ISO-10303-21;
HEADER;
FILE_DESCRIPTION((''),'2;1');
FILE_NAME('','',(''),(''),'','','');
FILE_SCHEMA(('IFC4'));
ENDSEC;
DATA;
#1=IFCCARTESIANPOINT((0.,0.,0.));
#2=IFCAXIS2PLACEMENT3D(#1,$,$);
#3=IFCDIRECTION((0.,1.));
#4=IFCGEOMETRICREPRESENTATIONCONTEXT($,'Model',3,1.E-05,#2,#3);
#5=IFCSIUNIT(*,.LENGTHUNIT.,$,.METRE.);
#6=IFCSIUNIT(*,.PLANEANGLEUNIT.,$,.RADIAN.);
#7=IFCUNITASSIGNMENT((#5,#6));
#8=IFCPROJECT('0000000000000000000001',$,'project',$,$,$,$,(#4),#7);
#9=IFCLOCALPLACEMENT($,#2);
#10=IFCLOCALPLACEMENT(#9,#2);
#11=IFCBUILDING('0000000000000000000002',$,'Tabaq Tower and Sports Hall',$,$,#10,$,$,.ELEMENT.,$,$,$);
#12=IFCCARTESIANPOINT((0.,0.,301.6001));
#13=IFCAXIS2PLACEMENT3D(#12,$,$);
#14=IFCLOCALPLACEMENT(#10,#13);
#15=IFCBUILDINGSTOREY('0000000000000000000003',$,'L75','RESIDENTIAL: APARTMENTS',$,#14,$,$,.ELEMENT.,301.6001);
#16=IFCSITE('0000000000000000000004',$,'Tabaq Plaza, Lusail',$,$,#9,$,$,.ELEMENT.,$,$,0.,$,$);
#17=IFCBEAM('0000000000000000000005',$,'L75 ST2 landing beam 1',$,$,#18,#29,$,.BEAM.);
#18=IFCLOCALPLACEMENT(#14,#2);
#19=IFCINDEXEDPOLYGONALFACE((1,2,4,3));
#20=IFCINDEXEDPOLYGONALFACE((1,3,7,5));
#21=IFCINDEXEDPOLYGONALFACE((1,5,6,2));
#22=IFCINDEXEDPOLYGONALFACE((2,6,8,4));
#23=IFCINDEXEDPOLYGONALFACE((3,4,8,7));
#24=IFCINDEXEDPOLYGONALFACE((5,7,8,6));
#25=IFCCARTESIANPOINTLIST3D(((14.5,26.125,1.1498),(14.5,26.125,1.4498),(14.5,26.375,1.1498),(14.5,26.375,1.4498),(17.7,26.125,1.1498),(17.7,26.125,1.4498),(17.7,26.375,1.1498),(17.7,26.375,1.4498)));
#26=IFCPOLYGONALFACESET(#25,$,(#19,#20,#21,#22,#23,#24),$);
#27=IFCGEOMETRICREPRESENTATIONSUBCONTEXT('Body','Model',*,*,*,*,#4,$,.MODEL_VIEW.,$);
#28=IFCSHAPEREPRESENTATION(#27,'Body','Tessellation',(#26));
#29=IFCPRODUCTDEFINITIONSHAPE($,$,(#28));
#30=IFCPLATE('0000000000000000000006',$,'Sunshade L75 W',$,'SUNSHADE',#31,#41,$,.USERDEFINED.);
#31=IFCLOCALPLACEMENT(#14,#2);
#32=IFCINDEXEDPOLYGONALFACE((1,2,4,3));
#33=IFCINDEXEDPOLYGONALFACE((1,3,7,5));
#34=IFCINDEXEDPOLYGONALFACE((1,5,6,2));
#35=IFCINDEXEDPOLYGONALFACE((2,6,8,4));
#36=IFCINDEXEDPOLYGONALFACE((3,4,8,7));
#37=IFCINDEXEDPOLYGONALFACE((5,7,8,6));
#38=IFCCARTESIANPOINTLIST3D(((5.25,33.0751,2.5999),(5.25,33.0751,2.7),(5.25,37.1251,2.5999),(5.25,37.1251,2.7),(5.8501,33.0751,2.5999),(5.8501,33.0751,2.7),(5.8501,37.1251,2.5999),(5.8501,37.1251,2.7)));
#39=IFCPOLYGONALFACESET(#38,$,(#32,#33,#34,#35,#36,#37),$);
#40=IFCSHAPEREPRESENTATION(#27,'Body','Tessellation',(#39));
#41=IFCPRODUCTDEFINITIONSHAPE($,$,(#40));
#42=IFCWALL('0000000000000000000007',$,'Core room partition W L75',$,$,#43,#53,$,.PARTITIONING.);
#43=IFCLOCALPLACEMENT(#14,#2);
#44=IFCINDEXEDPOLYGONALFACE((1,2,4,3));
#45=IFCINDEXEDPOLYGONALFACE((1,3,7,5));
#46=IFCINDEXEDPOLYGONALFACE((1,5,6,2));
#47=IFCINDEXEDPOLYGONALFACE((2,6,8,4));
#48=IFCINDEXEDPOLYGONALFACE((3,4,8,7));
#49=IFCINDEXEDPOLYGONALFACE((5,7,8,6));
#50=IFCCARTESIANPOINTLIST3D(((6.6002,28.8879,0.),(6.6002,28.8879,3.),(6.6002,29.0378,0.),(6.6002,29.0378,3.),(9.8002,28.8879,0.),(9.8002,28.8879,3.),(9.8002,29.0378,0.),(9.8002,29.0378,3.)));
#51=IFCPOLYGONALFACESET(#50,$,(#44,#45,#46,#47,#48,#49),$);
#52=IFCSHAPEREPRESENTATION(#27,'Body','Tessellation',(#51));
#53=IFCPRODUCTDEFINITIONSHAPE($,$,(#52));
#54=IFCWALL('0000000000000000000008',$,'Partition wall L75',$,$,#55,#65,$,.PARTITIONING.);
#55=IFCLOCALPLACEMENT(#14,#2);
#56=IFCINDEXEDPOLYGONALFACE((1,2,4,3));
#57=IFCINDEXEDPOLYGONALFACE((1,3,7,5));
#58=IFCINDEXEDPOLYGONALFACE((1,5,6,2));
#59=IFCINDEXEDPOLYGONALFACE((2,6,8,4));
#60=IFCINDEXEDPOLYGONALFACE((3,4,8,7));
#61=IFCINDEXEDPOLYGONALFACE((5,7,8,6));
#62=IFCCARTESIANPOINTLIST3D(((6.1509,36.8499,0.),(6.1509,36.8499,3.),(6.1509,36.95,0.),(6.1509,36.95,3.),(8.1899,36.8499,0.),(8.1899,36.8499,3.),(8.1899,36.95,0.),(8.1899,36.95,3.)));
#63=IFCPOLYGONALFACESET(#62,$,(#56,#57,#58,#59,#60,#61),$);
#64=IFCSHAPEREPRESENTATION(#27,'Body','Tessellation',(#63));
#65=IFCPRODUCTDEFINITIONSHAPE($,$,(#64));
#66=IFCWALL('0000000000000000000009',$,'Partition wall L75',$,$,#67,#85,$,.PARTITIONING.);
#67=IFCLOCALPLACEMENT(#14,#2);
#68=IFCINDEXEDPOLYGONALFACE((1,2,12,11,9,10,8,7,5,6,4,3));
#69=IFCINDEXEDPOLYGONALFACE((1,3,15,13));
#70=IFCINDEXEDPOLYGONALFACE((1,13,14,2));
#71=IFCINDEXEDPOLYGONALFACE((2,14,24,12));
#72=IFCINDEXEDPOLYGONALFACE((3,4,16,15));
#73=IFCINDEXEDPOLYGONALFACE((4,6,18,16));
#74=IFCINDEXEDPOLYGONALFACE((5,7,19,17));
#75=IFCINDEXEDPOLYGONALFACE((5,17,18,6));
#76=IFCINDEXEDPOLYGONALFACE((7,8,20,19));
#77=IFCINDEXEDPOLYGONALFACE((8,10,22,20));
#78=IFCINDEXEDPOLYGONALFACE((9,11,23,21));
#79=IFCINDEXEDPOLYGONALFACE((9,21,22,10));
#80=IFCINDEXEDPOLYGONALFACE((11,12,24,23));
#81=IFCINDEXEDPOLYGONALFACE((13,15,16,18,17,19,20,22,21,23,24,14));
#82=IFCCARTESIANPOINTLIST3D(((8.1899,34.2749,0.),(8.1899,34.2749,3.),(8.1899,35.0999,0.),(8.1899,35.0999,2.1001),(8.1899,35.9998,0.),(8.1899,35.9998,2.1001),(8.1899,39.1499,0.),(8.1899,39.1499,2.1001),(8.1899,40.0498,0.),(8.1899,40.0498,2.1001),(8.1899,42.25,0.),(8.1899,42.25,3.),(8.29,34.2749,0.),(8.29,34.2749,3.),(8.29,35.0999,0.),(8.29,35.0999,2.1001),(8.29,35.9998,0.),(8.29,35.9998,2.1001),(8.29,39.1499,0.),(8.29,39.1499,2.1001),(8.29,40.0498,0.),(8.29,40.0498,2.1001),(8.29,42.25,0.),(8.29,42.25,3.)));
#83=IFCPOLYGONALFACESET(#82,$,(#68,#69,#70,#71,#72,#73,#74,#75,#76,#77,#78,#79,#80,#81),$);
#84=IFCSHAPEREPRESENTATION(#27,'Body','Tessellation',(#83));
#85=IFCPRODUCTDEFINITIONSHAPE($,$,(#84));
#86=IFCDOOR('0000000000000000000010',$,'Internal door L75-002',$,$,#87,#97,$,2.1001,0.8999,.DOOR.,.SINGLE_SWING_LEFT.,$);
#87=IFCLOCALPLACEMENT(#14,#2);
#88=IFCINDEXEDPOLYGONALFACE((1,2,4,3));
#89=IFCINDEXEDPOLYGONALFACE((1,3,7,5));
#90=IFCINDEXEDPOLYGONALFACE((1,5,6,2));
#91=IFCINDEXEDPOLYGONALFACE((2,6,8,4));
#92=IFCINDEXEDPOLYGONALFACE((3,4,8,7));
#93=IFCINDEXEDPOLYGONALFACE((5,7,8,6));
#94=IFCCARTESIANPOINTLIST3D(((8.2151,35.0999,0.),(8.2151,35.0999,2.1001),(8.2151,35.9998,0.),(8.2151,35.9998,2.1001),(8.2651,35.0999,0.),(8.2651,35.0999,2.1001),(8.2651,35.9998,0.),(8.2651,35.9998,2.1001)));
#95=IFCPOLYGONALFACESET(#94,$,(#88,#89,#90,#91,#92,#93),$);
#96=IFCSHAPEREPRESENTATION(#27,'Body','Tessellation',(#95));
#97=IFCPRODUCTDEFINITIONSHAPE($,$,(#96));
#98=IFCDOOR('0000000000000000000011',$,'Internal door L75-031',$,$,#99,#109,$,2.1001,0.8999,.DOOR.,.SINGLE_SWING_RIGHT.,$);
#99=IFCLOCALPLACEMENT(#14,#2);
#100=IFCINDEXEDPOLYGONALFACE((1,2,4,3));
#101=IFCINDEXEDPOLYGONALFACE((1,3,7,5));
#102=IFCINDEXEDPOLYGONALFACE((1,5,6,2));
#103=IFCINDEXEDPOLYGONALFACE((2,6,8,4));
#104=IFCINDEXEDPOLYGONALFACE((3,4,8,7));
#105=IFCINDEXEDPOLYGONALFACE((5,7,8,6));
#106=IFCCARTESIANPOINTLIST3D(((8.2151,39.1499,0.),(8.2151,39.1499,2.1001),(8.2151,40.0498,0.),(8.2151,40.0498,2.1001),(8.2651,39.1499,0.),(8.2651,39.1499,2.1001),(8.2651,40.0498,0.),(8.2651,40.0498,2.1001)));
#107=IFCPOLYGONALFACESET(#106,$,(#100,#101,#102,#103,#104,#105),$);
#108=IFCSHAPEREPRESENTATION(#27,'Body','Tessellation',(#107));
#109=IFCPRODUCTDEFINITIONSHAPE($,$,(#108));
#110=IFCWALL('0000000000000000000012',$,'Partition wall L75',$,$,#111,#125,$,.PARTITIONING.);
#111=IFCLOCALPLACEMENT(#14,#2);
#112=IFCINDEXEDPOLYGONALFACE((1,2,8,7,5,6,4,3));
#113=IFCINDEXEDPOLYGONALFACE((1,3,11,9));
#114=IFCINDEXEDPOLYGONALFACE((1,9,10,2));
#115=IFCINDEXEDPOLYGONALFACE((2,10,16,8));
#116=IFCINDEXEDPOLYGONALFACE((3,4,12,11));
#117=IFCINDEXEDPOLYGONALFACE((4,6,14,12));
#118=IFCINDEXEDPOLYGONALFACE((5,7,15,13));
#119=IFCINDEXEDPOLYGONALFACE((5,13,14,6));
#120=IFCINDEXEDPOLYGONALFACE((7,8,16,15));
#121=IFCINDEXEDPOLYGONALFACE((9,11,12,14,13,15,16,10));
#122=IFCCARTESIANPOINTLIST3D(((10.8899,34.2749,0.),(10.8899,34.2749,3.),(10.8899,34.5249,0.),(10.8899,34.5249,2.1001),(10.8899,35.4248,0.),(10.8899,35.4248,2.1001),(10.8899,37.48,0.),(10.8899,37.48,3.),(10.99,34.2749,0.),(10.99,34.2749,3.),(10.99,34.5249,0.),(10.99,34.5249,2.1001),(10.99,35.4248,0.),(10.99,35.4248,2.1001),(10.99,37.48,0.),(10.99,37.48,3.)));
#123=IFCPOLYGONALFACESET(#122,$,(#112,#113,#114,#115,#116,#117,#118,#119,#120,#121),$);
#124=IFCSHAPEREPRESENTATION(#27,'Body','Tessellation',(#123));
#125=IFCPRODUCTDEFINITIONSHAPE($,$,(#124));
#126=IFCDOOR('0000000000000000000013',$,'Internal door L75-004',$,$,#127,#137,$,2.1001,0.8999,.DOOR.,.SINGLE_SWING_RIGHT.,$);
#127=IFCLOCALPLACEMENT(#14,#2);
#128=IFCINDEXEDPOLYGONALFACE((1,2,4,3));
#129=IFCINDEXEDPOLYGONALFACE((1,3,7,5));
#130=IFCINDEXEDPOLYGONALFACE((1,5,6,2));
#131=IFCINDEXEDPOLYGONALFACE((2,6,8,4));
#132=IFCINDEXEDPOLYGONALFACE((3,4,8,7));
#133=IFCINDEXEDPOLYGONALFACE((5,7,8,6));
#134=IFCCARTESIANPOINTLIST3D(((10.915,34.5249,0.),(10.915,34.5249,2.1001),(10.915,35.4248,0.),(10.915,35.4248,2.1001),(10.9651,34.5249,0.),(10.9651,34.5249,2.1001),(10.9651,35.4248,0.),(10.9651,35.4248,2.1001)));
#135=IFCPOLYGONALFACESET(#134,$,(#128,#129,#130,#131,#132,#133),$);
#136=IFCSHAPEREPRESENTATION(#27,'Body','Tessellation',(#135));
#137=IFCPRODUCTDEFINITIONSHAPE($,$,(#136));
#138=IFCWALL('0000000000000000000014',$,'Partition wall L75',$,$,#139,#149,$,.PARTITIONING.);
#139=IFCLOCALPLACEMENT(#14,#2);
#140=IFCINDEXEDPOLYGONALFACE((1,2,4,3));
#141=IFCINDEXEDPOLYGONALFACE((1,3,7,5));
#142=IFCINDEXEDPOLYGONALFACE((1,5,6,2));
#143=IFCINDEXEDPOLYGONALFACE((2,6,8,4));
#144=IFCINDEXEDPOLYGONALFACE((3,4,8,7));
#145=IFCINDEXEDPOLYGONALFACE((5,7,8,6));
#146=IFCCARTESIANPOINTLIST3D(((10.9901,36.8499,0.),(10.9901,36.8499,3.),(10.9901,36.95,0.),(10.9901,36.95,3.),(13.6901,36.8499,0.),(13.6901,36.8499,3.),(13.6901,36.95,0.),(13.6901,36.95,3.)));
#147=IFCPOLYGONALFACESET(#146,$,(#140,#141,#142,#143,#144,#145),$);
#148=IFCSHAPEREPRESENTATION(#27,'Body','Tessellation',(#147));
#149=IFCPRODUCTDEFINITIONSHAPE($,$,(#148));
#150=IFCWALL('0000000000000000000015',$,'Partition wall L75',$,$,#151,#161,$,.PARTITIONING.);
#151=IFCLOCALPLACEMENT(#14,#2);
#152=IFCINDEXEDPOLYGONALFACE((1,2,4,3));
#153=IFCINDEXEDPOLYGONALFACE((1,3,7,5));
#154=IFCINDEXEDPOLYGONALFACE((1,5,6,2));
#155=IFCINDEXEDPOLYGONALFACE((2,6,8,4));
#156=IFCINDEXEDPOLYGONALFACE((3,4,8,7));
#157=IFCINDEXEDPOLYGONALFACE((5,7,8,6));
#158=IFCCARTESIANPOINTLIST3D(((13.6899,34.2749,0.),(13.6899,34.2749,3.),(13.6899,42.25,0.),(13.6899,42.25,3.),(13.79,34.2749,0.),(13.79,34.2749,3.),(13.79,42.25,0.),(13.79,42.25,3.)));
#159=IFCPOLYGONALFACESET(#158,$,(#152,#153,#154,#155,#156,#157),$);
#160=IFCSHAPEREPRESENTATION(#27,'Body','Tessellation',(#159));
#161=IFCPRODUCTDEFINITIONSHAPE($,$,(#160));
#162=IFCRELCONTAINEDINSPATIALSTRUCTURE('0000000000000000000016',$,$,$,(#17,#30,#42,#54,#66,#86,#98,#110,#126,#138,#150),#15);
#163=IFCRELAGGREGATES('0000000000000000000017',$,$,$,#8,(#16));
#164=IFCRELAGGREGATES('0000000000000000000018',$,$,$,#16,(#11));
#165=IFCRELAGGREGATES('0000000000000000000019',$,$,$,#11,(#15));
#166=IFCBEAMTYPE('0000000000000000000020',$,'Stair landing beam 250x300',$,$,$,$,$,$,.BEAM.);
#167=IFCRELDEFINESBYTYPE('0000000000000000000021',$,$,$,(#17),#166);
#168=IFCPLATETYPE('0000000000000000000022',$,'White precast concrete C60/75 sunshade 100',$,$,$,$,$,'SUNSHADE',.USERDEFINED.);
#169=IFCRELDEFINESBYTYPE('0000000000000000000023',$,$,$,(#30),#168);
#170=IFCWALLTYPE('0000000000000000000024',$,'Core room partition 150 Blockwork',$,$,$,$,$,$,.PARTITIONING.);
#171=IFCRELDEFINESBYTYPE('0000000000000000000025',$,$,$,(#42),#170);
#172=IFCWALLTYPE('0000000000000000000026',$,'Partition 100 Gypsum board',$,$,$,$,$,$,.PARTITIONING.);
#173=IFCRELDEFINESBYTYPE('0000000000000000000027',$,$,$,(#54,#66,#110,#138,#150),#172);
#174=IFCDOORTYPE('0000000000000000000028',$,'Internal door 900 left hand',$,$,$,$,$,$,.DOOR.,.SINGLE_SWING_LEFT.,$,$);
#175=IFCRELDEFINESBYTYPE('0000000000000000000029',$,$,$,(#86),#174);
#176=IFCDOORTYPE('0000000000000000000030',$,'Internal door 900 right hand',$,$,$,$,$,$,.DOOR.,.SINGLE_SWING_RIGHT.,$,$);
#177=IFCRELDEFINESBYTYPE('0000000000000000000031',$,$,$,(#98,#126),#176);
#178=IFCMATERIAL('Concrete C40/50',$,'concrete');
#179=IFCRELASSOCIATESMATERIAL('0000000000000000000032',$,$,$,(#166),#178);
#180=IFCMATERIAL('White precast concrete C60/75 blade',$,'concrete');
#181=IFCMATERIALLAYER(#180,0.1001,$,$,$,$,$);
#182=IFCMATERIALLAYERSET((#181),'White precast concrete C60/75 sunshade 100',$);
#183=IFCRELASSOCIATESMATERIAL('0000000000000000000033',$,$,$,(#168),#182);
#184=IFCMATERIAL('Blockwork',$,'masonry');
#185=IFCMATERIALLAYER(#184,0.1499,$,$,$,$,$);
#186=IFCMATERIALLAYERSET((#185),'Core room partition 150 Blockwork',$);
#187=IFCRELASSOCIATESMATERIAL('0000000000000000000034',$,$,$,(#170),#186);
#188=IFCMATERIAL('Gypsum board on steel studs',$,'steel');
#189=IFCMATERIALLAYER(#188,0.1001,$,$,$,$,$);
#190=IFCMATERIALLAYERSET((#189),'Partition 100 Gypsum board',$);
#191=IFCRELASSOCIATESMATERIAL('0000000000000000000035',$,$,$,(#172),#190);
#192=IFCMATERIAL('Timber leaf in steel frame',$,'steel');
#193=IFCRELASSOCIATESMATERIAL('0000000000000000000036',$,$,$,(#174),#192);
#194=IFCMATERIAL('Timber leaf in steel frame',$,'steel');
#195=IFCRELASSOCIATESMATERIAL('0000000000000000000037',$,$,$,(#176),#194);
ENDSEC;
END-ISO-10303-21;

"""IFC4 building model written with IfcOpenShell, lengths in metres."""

from ifc_helpers import new_model, si_unit, direction, frame, frame_2d, origin, origin_2d, place, context, subcontext, project, spatial, rectangle, extrude, material, layer, layer_set, material_profile, profile_set, type_object, element, fill, save


model = new_model("IFC4")

# Units and contexts
model_context = context("Model", 3, precision=1e-05, world=origin(), true_north=direction((0.0, 1.0)))
body_context = subcontext(model_context, "Body", "Model", "MODEL_VIEW")
ifc_project = project(units=[si_unit("LENGTHUNIT", "METRE"), si_unit("PLANEANGLEUNIT", "RADIAN")], contexts=[model_context])

# Site, building, storey
site_placement = place(None, origin())
site = spatial("IfcSite", under=ifc_project, at=site_placement, Name="Tabaq Plaza, Lusail", CompositionType="ELEMENT", RefElevation=0.0)
building_placement = place(site_placement, origin())
building = spatial("IfcBuilding", under=site, at=building_placement, Name="Tabaq Tower and Sports Hall", CompositionType="ELEMENT")
storey_placement = place(building_placement, frame((0.0, 0.0, 301.6001)))
storey = spatial("IfcBuildingStorey", under=building, at=storey_placement, Name="L75", Description="RESIDENTIAL: APARTMENTS", CompositionType="ELEMENT", Elevation=301.6001)

# Beam
ifc_material_1 = material(Name="Concrete C40/50", Category="concrete")
ifc_material_profile = material_profile(ifc_material_1, rectangle(XDim=0.25, YDim=0.3, at=origin_2d()), Name="RC 250x300")
ifc_profile_set = profile_set([ifc_material_profile], Name="Concrete C40/50")
beam_type = type_object("IfcBeamType", Name="Stair landing beam 250x300", PredefinedType="BEAM", material=ifc_profile_set)
beam_placement = place(storey_placement, frame((14.5, 26.25, 1.2998), z_axis=(1.0, 0.0, 0.0), x_axis=(0.0, 1.0, 0.0)))
element("IfcBeam", 1, at=beam_placement, inside=storey, type_object=beam_type, Name="L75 ST2 landing beam 1", PredefinedType="BEAM", context=body_context, shape_type="SweptSolid", body=[
    extrude(rectangle(XDim=0.25, YDim=0.3, at=origin_2d()), origin(), (0.0, 0.0, 1.0), 3.2),
])

# Plate
ifc_material_2 = material(Name="White precast concrete C60/75 blade", Category="concrete")
ifc_layer_1 = layer(ifc_material_2, 0.1001)
ifc_layer_set_1 = layer_set([ifc_layer_1], Name="White precast concrete C60/75 sunshade 100")
plate_type = type_object("IfcPlateType", Name="White precast concrete C60/75 sunshade 100", ElementType="SUNSHADE", PredefinedType="USERDEFINED", material=ifc_layer_set_1)
plate_placement = place(storey_placement, frame((5.55, 35.1001, 2.5999), z_axis=(0.0, 0.0, 1.0), x_axis=(0.0, -1.0, 0.0)))
element("IfcPlate", 2, at=plate_placement, inside=storey, type_object=plate_type, Name="Sunshade L75 W", ObjectType="SUNSHADE", PredefinedType="USERDEFINED", context=body_context, shape_type="SweptSolid", body=[
    extrude(rectangle(XDim=4.05, YDim=0.6001, at=origin_2d()), origin(), (0.0, 0.0, 1.0), 0.1001),
])

# Wall
ifc_material_3 = material(Name="Blockwork", Category="masonry")
ifc_layer_2 = layer(ifc_material_3, 0.1499)
ifc_layer_set_2 = layer_set([ifc_layer_2], Name="Core room partition 150 Blockwork")
wall_type_1 = type_object("IfcWallType", Name="Core room partition 150 Blockwork", PredefinedType="PARTITIONING", material=ifc_layer_set_2)
wall_1_placement = place(storey_placement, frame((6.6001, 28.9629, 0.0), z_axis=(0.0, 0.0, 1.0), x_axis=(1.0, 0.0, 0.0)))
element("IfcWall", 3, at=wall_1_placement, inside=storey, type_object=wall_type_1, Name="Core room partition W L75", PredefinedType="PARTITIONING", context=body_context, shape_type="SweptSolid", body=[
    extrude(rectangle(XDim=3.2, YDim=0.1499, at=frame_2d((1.6001, 0.0))), origin(), (0.0, 0.0, 1.0), 3.0),
])

# Wall
ifc_material_4 = material(Name="Gypsum board on steel studs", Category="steel")
ifc_layer_3 = layer(ifc_material_4, 0.1001)
ifc_layer_set_3 = layer_set([ifc_layer_3], Name="Partition 100 Gypsum board")
wall_type_2 = type_object("IfcWallType", Name="Partition 100 Gypsum board", PredefinedType="PARTITIONING", material=ifc_layer_set_3)
wall_2_placement = place(storey_placement, frame((6.1509, 36.8999, 0.0), z_axis=(0.0, 0.0, 1.0), x_axis=(1.0, 0.0, 0.0)))
element("IfcWall", 4, at=wall_2_placement, inside=storey, type_object=wall_type_2, Name="Partition wall L75", PredefinedType="PARTITIONING", context=body_context, shape_type="SweptSolid", body=[
    extrude(rectangle(XDim=2.0391, YDim=0.1001, at=frame_2d((1.0195, 0.0))), origin(), (0.0, 0.0, 1.0), 3.0),
])

# Wall, openings, doors
wall_3_placement = place(storey_placement, frame((8.24, 34.2749, 0.0), z_axis=(0.0, 0.0, 1.0), x_axis=(0.0, 1.0, 0.0)))
wall_3 = element("IfcWall", 5, at=wall_3_placement, inside=storey, type_object=wall_type_2, Name="Partition wall L75", PredefinedType="PARTITIONING", context=body_context, shape_type="SweptSolid", body=[
    extrude(rectangle(XDim=7.9751, YDim=0.1001, at=frame_2d((3.9875, 0.0))), origin(), (0.0, 0.0, 1.0), 3.0),
])
opening_1_placement = place(wall_3_placement, frame((0.825, 0.0, 0.0)))
opening_1 = element("IfcOpeningElement", 6, at=opening_1_placement, cuts=wall_3, PredefinedType="OPENING", context=body_context, shape_type="SweptSolid", body=[
    extrude(rectangle(XDim=0.8999, YDim=2.1001, at=frame_2d((0.45, 1.05))), frame((0.0, 0.05, 0.0), z_axis=(0.0, -1.0, 0.0), x_axis=(1.0, 0.0, 0.0)), (0.0, 0.0, 1.0), 0.1001),
])
opening_2_placement = place(wall_3_placement, frame((4.875, 0.0, 0.0)))
opening_2 = element("IfcOpeningElement", 7, at=opening_2_placement, cuts=wall_3, PredefinedType="OPENING", context=body_context, shape_type="SweptSolid", body=[
    extrude(rectangle(XDim=0.8999, YDim=2.1001, at=frame_2d((0.45, 1.05))), frame((0.0, 0.05, 0.0), z_axis=(0.0, -1.0, 0.0), x_axis=(1.0, 0.0, 0.0)), (0.0, 0.0, 1.0), 0.1001),
])
ifc_material_5 = material(Name="Timber leaf in steel frame", Category="steel")
door_type_1 = type_object("IfcDoorType", Name="Internal door 900 left hand", OperationType="SINGLE_SWING_LEFT", PredefinedType="DOOR", material=ifc_material_5)
door_1_placement = place(opening_1_placement, origin())
door_1 = element("IfcDoor", 8, at=door_1_placement, inside=storey, type_object=door_type_1, Name="Internal door L75-002", OperationType="SINGLE_SWING_LEFT", OverallHeight=2.1001, OverallWidth=0.8999, PredefinedType="DOOR", context=body_context, shape_type="SweptSolid", body=[
    extrude(rectangle(XDim=0.8999, YDim=2.1001, at=frame_2d((0.45, 1.05))), frame((0.0, 0.0249, 0.0), z_axis=(0.0, -1.0, 0.0), x_axis=(1.0, 0.0, 0.0)), (0.0, 0.0, 1.0), 0.05),
])
fill(opening_1, door_1)
ifc_material_6 = material(Name="Timber leaf in steel frame", Category="steel")
door_type_2 = type_object("IfcDoorType", Name="Internal door 900 right hand", OperationType="SINGLE_SWING_RIGHT", PredefinedType="DOOR", material=ifc_material_6)
door_2_placement = place(opening_2_placement, origin())
door_2 = element("IfcDoor", 9, at=door_2_placement, inside=storey, type_object=door_type_2, Name="Internal door L75-031", OperationType="SINGLE_SWING_RIGHT", OverallHeight=2.1001, OverallWidth=0.8999, PredefinedType="DOOR", context=body_context, shape_type="SweptSolid", body=[
    extrude(rectangle(XDim=0.8999, YDim=2.1001, at=frame_2d((0.45, 1.05))), frame((0.0, 0.0249, 0.0), z_axis=(0.0, -1.0, 0.0), x_axis=(1.0, 0.0, 0.0)), (0.0, 0.0, 1.0), 0.05),
])
fill(opening_2, door_2)

# Wall, opening, door
wall_4_placement = place(storey_placement, frame((10.9399, 34.2749, 0.0), z_axis=(0.0, 0.0, 1.0), x_axis=(0.0, 1.0, 0.0)))
wall_4 = element("IfcWall", 10, at=wall_4_placement, inside=storey, type_object=wall_type_2, Name="Partition wall L75", PredefinedType="PARTITIONING", context=body_context, shape_type="SweptSolid", body=[
    extrude(rectangle(XDim=3.2051, YDim=0.1001, at=frame_2d((1.6025, 0.0))), origin(), (0.0, 0.0, 1.0), 3.0),
])
opening_3_placement = place(wall_4_placement, frame((0.25, 0.0, 0.0)))
opening_3 = element("IfcOpeningElement", 11, at=opening_3_placement, cuts=wall_4, PredefinedType="OPENING", context=body_context, shape_type="SweptSolid", body=[
    extrude(rectangle(XDim=0.8999, YDim=2.1001, at=frame_2d((0.45, 1.05))), frame((0.0, 0.05, 0.0), z_axis=(0.0, -1.0, 0.0), x_axis=(1.0, 0.0, 0.0)), (0.0, 0.0, 1.0), 0.1001),
])
door_3_placement = place(opening_3_placement, origin())
door_3 = element("IfcDoor", 12, at=door_3_placement, inside=storey, type_object=door_type_2, Name="Internal door L75-004", OperationType="SINGLE_SWING_RIGHT", OverallHeight=2.1001, OverallWidth=0.8999, PredefinedType="DOOR", context=body_context, shape_type="SweptSolid", body=[
    extrude(rectangle(XDim=0.8999, YDim=2.1001, at=frame_2d((0.45, 1.05))), frame((0.0, 0.0249, 0.0), z_axis=(0.0, -1.0, 0.0), x_axis=(1.0, 0.0, 0.0)), (0.0, 0.0, 1.0), 0.05),
])
fill(opening_3, door_3)

# Walls
wall_5_placement = place(storey_placement, frame((10.99, 36.8999, 0.0), z_axis=(0.0, 0.0, 1.0), x_axis=(1.0, 0.0, 0.0)))
element("IfcWall", 13, at=wall_5_placement, inside=storey, type_object=wall_type_2, Name="Partition wall L75", PredefinedType="PARTITIONING", context=body_context, shape_type="SweptSolid", body=[
    extrude(rectangle(XDim=2.7, YDim=0.1001, at=frame_2d((1.3501, 0.0))), origin(), (0.0, 0.0, 1.0), 3.0),
])
wall_6_placement = place(storey_placement, frame((13.74, 34.2749, 0.0), z_axis=(0.0, 0.0, 1.0), x_axis=(0.0, 1.0, 0.0)))
element("IfcWall", 14, at=wall_6_placement, inside=storey, type_object=wall_type_2, Name="Partition wall L75", PredefinedType="PARTITIONING", context=body_context, shape_type="SweptSolid", body=[
    extrude(rectangle(XDim=7.9751, YDim=0.1001, at=frame_2d((3.9875, 0.0))), origin(), (0.0, 0.0, 1.0), 3.0),
])

save(model, "model.ifc")
